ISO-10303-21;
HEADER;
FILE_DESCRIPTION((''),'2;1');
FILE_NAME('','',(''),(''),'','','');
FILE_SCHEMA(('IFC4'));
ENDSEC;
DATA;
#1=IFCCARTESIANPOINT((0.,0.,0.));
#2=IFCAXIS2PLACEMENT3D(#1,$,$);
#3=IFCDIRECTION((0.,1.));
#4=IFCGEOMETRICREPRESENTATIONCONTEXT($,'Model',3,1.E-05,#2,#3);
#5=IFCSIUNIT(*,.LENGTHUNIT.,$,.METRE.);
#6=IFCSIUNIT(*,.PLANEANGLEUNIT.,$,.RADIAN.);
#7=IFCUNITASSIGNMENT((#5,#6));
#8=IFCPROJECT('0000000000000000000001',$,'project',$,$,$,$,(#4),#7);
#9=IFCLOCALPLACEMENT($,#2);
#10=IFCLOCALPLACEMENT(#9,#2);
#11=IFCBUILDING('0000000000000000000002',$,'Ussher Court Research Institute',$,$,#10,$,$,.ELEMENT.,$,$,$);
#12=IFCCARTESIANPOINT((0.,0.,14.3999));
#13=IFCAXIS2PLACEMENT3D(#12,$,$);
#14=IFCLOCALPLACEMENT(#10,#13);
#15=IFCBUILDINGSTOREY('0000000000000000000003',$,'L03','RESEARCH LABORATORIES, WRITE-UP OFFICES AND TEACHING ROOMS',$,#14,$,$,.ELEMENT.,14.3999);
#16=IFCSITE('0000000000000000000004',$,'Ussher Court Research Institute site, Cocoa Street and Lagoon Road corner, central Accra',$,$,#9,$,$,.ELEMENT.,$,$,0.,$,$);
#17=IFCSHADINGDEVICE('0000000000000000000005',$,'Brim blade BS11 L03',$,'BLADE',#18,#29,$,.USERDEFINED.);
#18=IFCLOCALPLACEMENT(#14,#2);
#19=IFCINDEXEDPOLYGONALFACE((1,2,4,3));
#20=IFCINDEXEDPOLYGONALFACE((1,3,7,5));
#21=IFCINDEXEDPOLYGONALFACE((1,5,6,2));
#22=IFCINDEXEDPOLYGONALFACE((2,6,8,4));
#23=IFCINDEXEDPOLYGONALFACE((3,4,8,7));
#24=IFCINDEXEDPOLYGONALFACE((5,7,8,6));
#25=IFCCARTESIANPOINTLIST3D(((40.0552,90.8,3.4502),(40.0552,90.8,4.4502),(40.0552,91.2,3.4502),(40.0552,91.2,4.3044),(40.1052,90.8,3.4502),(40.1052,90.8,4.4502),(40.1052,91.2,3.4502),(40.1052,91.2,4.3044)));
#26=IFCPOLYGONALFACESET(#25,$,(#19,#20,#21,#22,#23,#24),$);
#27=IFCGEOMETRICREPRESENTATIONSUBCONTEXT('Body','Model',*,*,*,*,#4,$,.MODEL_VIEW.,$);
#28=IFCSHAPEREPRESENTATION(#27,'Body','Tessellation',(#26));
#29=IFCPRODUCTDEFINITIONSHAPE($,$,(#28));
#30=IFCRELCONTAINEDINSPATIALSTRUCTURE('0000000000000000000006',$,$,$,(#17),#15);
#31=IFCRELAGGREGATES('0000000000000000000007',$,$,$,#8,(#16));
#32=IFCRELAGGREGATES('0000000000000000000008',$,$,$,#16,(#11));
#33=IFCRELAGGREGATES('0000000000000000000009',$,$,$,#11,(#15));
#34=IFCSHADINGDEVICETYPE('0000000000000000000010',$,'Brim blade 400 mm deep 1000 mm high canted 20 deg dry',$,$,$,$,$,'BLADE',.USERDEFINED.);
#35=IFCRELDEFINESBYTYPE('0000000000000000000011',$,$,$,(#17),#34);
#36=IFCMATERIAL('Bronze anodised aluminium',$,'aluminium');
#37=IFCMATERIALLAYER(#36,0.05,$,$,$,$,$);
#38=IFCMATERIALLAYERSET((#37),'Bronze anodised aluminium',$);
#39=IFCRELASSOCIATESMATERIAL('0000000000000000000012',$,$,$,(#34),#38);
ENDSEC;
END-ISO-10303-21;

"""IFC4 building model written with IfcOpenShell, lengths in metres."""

from ifc_helpers import new_model, si_unit, direction, frame, origin, place, context, subcontext, project, spatial, polyline, outline, extrude, material, layer, layer_set, type_object, element, save


model = new_model("IFC4")

# Units and contexts
model_context = context("Model", 3, precision=1e-05, world=origin(), true_north=direction((0.0, 1.0)))
body_context = subcontext(model_context, "Body", "Model", "MODEL_VIEW")
ifc_project = project(units=[si_unit("LENGTHUNIT", "METRE"), si_unit("PLANEANGLEUNIT", "RADIAN")], contexts=[model_context])

# Site, building, storey
site_placement = place(None, origin())
site = spatial("IfcSite", under=ifc_project, at=site_placement, Name="Ussher Court Research Institute site, Cocoa Street and Lagoon Road corner, central Accra", CompositionType="ELEMENT", RefElevation=0.0)
building_placement = place(site_placement, origin())
building = spatial("IfcBuilding", under=site, at=building_placement, Name="Ussher Court Research Institute", CompositionType="ELEMENT")
storey_placement = place(building_placement, frame((0.0, 0.0, 14.3999)))
storey = spatial("IfcBuildingStorey", under=building, at=storey_placement, Name="L03", Description="RESEARCH LABORATORIES, WRITE-UP OFFICES AND TEACHING ROOMS", CompositionType="ELEMENT", Elevation=14.3999)

# Shading device
ifc_material_1 = material(Name="Bronze anodised aluminium", Category="aluminium")
ifc_layer_1 = layer(ifc_material_1, 0.05)
ifc_layer_set_1 = layer_set([ifc_layer_1], Name="Bronze anodised aluminium")
shading_device_type_1 = type_object("IfcShadingDeviceType", Name="Brim blade 400 mm deep 1000 mm high canted 20 deg dry", ElementType="BLADE", PredefinedType="USERDEFINED", material=ifc_layer_set_1)
for number, where, z_axis, x_axis, name in (
    (1, (40.0801, 90.8, 3.4502), (0.0, 0.0, 1.0), (0.0, 1.0, 0.0), "Brim blade BS11 L03"),
):
    element("IfcShadingDevice", number, at=place(storey_placement, frame(where, z_axis=z_axis, x_axis=x_axis)), inside=storey, type_object=shading_device_type_1, Name=name, ObjectType="BLADE", PredefinedType="USERDEFINED", context=body_context, shape_type="SweptSolid", body=[
        extrude(outline(polyline([(0.0, 0.0), (0.3999, 0.0), (0.3999, 0.8542), (0.0, 1.0), (0.0, 0.0)])), frame((0.0, 0.0249, 0.0), z_axis=(0.0, -1.0, 0.0), x_axis=(1.0, 0.0, 0.0)), (0.0, 0.0, 1.0), 0.05),
    ])

save(model, "model.ifc")
